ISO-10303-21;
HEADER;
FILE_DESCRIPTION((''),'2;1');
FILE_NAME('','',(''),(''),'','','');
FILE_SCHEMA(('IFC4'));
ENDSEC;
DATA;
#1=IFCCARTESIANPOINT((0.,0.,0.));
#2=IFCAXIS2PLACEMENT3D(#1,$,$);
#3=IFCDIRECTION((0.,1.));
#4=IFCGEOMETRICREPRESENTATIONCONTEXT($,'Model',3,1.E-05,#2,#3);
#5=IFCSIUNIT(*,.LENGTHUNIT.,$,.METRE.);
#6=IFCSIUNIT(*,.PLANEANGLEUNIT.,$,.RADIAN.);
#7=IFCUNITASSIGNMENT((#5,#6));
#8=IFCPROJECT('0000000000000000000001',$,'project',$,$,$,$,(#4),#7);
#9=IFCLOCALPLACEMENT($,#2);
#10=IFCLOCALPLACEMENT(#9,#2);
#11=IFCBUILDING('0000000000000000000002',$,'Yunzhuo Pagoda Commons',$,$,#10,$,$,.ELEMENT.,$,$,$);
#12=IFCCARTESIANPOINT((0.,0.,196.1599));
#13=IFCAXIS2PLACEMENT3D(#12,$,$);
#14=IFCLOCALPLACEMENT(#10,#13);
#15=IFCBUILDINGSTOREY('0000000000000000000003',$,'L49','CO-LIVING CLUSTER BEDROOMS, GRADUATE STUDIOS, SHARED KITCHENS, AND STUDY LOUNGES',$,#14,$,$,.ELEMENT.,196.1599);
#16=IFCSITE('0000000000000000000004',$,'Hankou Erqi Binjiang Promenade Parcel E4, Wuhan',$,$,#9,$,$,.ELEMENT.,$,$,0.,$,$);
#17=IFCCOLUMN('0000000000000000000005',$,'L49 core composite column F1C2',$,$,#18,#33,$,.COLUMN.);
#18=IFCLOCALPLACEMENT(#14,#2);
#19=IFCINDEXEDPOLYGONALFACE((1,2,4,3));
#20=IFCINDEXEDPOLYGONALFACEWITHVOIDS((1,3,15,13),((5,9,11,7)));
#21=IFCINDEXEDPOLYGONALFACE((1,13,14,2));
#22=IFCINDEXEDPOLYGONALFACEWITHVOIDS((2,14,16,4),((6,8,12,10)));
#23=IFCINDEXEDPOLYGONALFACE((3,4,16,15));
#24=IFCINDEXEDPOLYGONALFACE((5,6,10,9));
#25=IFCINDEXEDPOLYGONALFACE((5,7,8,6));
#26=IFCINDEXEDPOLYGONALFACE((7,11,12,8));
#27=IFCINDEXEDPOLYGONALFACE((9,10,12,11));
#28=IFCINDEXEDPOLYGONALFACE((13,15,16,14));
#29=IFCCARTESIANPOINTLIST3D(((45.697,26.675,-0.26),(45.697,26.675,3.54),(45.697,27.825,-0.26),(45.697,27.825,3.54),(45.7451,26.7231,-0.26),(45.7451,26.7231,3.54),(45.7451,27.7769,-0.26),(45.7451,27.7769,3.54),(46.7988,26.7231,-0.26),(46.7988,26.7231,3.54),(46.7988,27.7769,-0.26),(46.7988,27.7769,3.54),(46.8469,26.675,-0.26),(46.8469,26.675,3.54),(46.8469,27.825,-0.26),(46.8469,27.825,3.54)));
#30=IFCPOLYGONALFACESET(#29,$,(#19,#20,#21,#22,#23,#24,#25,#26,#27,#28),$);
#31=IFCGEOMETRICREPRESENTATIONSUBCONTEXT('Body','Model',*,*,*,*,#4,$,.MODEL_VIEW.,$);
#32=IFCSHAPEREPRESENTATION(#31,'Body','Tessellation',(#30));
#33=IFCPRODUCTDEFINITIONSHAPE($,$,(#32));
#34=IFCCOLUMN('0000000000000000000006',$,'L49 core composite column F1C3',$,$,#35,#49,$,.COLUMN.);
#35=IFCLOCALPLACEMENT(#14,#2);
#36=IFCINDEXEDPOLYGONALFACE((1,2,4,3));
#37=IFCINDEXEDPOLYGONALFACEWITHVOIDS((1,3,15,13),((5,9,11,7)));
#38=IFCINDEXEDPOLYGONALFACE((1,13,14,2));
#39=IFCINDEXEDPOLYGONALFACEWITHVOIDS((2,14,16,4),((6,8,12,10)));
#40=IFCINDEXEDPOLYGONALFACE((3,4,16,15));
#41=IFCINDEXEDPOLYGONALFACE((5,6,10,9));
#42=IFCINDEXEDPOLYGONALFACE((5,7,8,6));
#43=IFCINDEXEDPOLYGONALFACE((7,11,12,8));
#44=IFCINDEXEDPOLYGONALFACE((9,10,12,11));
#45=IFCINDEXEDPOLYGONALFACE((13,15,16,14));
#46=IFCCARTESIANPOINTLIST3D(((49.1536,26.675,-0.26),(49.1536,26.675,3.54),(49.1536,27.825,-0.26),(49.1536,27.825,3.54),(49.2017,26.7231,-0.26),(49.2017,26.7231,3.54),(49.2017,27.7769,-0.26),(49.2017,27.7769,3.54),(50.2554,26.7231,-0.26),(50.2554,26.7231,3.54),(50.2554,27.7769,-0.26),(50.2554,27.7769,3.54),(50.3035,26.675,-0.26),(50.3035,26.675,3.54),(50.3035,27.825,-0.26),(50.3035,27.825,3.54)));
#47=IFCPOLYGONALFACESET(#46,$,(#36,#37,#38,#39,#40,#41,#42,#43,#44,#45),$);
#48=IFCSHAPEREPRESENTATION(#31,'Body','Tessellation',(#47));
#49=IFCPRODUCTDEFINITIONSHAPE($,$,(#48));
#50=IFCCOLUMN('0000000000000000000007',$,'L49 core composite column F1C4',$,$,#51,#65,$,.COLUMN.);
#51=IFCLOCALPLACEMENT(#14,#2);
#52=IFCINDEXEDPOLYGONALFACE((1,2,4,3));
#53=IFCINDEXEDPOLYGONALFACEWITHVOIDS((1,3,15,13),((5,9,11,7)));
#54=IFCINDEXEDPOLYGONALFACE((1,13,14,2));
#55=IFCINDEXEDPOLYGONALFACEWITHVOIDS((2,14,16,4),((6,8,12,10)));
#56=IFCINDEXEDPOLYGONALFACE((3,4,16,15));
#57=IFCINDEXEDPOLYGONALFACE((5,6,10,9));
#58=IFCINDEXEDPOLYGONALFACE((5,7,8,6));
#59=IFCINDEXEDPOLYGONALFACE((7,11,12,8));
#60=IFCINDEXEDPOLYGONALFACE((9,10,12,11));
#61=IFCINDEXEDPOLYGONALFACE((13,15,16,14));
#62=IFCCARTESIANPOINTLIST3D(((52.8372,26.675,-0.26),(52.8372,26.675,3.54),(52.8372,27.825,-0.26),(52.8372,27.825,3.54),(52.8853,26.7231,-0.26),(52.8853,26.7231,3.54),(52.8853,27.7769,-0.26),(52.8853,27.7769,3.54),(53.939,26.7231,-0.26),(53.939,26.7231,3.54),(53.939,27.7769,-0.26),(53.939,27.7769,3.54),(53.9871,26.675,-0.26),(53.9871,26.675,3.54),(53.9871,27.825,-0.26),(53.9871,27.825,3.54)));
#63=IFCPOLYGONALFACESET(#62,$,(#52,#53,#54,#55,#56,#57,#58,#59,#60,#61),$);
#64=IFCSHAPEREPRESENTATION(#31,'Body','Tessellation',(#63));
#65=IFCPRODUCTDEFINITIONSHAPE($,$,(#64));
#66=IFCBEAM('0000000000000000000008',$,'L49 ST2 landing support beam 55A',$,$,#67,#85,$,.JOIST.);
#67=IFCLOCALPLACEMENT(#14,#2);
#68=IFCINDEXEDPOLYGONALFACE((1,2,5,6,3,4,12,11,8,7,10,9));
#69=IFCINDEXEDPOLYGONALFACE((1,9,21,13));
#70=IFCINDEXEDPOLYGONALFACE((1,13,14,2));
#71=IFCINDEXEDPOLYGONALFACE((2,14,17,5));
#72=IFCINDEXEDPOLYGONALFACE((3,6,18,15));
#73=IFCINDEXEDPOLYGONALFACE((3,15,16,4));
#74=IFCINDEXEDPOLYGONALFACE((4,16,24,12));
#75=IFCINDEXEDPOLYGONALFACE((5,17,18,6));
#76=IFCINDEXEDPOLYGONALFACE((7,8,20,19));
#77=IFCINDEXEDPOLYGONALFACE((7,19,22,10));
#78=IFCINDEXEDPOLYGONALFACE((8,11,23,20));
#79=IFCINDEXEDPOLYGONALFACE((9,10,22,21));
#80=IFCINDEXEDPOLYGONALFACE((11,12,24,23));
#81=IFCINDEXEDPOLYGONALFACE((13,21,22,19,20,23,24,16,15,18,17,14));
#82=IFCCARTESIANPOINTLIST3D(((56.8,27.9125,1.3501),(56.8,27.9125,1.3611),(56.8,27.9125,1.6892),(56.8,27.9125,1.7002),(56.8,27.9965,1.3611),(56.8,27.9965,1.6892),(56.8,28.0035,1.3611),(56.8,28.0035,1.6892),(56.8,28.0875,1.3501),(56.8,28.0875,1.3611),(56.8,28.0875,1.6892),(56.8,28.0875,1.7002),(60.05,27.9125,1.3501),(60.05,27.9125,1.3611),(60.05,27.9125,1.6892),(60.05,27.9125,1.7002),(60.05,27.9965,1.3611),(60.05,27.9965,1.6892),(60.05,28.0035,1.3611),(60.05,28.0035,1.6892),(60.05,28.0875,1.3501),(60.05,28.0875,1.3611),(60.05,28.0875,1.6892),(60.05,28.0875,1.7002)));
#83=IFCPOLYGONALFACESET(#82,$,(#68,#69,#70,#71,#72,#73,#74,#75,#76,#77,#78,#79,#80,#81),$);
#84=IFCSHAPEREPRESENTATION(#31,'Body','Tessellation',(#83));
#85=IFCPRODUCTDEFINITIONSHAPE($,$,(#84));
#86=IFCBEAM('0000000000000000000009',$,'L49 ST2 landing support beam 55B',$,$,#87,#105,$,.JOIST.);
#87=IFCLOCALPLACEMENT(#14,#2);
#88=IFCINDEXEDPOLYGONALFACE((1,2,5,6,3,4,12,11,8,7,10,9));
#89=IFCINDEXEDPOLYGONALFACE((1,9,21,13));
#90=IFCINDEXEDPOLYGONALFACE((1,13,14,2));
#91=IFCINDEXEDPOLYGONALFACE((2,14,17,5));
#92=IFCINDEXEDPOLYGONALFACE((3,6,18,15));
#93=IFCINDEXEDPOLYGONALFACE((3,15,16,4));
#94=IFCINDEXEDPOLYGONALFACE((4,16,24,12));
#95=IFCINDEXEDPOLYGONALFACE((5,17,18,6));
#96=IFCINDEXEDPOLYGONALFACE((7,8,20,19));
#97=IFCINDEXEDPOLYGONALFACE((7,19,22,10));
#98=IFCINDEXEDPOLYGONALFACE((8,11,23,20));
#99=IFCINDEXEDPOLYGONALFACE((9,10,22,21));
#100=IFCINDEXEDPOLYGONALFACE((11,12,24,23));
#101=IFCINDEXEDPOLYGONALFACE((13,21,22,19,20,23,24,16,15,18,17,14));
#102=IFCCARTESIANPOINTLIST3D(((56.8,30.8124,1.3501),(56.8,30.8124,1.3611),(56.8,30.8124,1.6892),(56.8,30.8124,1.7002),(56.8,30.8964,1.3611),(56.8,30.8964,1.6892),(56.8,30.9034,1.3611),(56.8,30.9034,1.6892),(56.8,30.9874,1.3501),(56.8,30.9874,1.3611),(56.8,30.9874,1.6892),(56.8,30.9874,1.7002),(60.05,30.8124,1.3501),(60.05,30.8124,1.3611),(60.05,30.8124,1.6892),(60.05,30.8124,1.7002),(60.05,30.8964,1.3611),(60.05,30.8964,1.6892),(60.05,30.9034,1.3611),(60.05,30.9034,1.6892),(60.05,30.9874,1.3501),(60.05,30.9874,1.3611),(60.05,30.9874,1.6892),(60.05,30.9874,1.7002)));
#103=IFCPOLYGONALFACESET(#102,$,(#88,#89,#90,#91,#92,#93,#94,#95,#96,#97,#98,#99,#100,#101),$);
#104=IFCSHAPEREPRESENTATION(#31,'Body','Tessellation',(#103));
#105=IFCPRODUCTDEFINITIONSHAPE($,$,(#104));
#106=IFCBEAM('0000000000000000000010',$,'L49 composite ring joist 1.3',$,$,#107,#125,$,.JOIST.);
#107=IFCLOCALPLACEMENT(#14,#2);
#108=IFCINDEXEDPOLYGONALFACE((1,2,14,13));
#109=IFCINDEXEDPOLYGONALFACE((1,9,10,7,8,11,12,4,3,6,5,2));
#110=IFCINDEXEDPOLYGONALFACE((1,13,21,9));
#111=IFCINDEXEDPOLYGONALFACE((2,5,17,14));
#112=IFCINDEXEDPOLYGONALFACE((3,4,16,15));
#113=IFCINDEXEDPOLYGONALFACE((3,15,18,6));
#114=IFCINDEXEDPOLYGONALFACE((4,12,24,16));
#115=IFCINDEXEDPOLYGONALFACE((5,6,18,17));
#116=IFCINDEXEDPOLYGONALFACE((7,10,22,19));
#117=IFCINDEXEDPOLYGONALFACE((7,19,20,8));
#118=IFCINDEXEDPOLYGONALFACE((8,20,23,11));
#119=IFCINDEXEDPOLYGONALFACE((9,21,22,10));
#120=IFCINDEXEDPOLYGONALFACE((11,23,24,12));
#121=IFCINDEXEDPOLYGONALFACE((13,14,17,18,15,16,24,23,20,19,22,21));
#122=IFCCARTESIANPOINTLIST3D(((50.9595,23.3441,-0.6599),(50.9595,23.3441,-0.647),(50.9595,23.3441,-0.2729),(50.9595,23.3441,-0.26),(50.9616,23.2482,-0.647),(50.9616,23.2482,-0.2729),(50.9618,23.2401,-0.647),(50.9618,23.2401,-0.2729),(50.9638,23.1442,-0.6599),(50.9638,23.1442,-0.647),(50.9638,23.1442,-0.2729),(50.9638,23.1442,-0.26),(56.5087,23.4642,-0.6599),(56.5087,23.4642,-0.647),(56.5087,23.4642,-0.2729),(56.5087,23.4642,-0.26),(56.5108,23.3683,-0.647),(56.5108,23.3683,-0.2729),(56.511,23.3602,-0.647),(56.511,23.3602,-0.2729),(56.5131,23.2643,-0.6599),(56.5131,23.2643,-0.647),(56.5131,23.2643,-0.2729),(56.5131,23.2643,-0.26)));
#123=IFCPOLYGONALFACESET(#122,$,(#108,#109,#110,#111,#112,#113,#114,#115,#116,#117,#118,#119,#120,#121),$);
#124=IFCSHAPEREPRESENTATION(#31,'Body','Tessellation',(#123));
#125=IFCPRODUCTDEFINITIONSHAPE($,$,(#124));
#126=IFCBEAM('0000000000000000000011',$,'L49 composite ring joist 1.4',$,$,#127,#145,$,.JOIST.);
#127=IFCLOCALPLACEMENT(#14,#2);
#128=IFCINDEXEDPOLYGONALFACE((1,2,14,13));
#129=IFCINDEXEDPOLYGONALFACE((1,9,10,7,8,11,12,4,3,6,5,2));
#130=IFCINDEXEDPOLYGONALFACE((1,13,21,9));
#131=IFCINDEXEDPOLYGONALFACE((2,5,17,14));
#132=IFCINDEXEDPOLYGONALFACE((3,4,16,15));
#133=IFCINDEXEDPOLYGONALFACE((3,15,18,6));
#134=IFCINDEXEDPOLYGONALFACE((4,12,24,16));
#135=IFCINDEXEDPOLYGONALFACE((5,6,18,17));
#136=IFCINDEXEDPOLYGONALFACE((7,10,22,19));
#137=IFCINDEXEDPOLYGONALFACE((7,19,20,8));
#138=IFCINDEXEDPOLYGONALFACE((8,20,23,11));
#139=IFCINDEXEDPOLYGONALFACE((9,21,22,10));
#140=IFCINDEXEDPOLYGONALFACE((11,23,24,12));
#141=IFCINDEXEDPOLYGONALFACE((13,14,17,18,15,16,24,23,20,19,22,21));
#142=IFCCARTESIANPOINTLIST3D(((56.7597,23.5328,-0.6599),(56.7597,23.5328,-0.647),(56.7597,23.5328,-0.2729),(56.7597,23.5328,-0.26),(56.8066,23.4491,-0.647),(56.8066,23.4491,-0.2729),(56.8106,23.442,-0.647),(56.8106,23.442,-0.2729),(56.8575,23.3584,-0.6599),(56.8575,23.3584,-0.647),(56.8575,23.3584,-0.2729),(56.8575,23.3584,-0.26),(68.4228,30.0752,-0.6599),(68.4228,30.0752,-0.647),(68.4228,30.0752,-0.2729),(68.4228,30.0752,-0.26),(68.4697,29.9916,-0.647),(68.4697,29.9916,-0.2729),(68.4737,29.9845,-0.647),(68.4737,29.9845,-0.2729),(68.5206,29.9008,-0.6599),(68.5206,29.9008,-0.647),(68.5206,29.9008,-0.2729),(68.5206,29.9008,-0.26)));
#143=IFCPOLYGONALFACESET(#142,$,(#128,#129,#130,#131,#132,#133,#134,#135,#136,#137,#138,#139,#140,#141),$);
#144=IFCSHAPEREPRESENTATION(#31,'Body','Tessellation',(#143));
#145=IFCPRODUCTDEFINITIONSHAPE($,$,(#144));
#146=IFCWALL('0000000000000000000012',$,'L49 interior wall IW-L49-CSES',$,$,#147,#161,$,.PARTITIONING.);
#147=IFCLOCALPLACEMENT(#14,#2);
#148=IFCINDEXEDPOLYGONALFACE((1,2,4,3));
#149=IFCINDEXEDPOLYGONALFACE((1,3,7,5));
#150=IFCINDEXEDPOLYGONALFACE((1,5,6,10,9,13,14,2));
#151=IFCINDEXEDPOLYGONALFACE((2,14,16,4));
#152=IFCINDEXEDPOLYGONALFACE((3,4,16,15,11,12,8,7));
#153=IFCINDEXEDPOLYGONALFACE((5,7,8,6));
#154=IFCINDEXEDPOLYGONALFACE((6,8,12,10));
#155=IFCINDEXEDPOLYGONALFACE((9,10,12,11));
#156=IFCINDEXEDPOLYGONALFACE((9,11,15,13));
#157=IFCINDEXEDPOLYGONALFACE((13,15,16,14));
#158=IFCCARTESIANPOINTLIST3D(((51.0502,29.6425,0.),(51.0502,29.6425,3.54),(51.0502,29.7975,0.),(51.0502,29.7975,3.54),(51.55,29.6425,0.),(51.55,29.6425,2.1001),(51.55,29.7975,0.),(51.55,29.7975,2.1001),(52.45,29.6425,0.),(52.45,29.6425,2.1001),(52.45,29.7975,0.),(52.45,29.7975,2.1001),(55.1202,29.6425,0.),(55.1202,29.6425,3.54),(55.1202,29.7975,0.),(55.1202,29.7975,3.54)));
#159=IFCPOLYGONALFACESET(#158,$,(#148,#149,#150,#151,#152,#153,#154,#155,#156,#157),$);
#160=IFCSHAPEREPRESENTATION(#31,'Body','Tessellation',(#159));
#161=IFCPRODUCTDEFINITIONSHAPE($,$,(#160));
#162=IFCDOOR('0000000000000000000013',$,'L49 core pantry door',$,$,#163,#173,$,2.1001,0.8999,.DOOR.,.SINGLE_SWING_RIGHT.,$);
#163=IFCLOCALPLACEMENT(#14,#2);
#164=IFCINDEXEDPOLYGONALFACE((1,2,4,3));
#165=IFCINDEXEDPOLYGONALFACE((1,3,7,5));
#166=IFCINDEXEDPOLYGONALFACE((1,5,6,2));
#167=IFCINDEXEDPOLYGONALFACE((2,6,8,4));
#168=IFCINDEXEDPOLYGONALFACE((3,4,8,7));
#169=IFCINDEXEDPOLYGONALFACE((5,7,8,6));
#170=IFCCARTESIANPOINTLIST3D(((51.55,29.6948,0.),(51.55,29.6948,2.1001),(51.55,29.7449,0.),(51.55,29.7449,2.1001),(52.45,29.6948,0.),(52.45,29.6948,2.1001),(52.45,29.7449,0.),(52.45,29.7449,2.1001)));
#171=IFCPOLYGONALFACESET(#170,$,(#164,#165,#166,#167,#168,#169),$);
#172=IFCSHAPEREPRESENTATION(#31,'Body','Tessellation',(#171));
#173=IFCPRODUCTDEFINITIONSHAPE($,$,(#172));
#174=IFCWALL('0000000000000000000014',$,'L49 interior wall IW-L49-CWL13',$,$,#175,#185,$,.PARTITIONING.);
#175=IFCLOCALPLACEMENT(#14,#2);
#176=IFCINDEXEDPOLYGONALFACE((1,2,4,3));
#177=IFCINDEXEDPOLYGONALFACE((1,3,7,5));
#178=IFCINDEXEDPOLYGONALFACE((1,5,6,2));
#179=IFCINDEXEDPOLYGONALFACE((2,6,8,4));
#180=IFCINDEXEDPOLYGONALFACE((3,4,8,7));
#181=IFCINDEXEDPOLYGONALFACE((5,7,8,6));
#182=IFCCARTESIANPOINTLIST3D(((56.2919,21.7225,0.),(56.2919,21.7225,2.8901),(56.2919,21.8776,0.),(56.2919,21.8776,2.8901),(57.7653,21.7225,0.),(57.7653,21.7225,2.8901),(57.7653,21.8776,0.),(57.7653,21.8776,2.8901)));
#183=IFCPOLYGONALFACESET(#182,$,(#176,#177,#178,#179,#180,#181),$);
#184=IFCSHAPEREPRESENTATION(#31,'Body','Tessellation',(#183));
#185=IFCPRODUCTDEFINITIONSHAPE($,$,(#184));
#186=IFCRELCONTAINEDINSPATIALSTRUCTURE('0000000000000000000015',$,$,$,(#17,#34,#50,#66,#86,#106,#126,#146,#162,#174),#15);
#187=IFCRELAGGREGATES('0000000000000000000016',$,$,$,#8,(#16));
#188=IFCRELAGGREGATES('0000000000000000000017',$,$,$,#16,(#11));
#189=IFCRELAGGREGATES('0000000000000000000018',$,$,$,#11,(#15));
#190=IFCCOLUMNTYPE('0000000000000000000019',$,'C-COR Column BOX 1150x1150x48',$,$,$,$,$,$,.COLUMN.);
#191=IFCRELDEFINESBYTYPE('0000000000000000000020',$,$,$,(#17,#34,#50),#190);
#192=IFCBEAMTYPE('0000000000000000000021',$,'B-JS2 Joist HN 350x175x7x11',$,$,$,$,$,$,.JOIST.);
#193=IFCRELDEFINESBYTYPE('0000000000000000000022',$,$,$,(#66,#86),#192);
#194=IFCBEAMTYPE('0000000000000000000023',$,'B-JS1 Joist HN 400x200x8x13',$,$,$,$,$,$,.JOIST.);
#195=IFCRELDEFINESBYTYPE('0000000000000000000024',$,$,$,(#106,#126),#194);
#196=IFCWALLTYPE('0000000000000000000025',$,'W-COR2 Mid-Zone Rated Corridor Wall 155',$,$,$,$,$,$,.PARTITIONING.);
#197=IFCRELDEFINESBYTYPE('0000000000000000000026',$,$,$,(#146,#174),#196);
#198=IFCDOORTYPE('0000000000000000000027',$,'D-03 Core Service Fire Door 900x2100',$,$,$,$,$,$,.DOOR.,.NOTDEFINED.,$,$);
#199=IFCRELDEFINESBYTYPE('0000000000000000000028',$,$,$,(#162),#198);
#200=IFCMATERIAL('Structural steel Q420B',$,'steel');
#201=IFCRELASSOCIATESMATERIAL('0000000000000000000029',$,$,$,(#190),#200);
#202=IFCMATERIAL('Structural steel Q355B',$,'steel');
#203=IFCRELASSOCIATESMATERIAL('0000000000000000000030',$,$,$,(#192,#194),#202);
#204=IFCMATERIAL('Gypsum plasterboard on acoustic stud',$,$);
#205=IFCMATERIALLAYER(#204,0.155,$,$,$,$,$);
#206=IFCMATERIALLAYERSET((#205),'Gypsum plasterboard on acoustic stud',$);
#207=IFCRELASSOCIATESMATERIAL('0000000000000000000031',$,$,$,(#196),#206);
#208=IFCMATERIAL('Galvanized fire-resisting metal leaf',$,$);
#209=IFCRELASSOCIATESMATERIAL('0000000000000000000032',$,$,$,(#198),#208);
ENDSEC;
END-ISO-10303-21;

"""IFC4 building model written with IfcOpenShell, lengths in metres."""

from ifc_helpers import new_model, si_unit, direction, frame, frame_2d, origin, origin_with_axes, origin_2d, place, context, subcontext, project, spatial, rectangle, hollow_rectangle, i_section, extrude, source, transform, mapped, material, layer, layer_set, material_profile, profile_set, type_object, element, fill, save


model = new_model("IFC4")

# Units and contexts
model_context = context("Model", 3, precision=1e-05, world=origin(), true_north=direction((0.0, 1.0)))
body_context = subcontext(model_context, "Body", "Model", "MODEL_VIEW")
ifc_project = project(units=[si_unit("LENGTHUNIT", "METRE"), si_unit("PLANEANGLEUNIT", "RADIAN")], contexts=[model_context])

# Site, building, storey
site_placement = place(None, origin())
site = spatial("IfcSite", under=ifc_project, at=site_placement, Name="Hankou Erqi Binjiang Promenade Parcel E4, Wuhan", CompositionType="ELEMENT", RefElevation=0.0)
building_placement = place(site_placement, origin())
building = spatial("IfcBuilding", under=site, at=building_placement, Name="Yunzhuo Pagoda Commons", CompositionType="ELEMENT")
storey_placement = place(building_placement, frame((0.0, 0.0, 196.1599)))
storey = spatial("IfcBuildingStorey", under=building, at=storey_placement, Name="L49", Description="CO-LIVING CLUSTER BEDROOMS, GRADUATE STUDIOS, SHARED KITCHENS, AND STUDY LOUNGES", CompositionType="ELEMENT", Elevation=196.1599)

# Columns
ifc_material_1 = material(Name="Structural steel Q420B", Category="steel")
ifc_material_profile_1 = material_profile(ifc_material_1, hollow_rectangle(XDim=1.1499, YDim=1.1499, WallThickness=0.0481, at=origin_2d()), Name="Structural steel Q420B")
ifc_profile_set_1 = profile_set([ifc_material_profile_1], Name="Structural steel Q420B")
column_type = type_object("IfcColumnType", Name="C-COR Column BOX 1150x1150x48", PredefinedType="COLUMN", material=ifc_profile_set_1)
shared_shape_1 = source(origin(), body_context, "Body", "SweptSolid", [
    extrude(hollow_rectangle(XDim=1.1499, YDim=1.1499, WallThickness=0.0481, at=origin_2d()), origin(), (0.0, 0.0, 1.0), 3.8),
])
for number, where, z_axis, x_axis, name in (
    (1, (46.272, 27.25, -0.26), (0.0, 0.0, 1.0), (1.0, 0.0, 0.0), "L49 core composite column F1C2"),
    (2, (49.7285, 27.25, -0.26), (0.0, 0.0, 1.0), (1.0, 0.0, 0.0), "L49 core composite column F1C3"),
    (3, (53.4121, 27.25, -0.26), (0.0, 0.0, 1.0), (1.0, 0.0, 0.0), "L49 core composite column F1C4"),
):
    element("IfcColumn", number, at=place(storey_placement, frame(where, z_axis=z_axis, x_axis=x_axis)), inside=storey, type_object=column_type, Name=name, PredefinedType="COLUMN", context=body_context, shape_type="MappedRepresentation", body=[
        mapped(shared_shape_1, transform((0.0, 0.0, 0.0), scale=1.0)),
    ])

# Beams
ifc_material_2 = material(Name="Structural steel Q355B", Category="steel")
ifc_material_profile_2 = material_profile(ifc_material_2, i_section(OverallWidth=0.175, OverallDepth=0.3501, WebThickness=0.0071, FlangeThickness=0.011, at=origin_2d()), Name="Structural steel Q355B")
ifc_profile_set_2 = profile_set([ifc_material_profile_2], Name="Structural steel Q355B")
beam_type_1 = type_object("IfcBeamType", Name="B-JS2 Joist HN 350x175x7x11", PredefinedType="JOIST", material=ifc_profile_set_2)
shared_shape_2 = source(origin(), body_context, "Body", "SweptSolid", [
    extrude(i_section(OverallWidth=0.175, OverallDepth=0.3501, WebThickness=0.0071, FlangeThickness=0.011, at=origin_2d()), origin(), (0.0, 0.0, 1.0), 3.25),
])
for number, where, z_axis, x_axis, name in (
    (4, (56.8, 28.0, 1.5251), (1.0, 0.0, 0.0), (0.0, 1.0, 0.0), "L49 ST2 landing support beam 55A"),
    (5, (56.8, 30.8999, 1.5251), (1.0, 0.0, 0.0), (0.0, 1.0, 0.0), "L49 ST2 landing support beam 55B"),
):
    element("IfcBeam", number, at=place(storey_placement, frame(where, z_axis=z_axis, x_axis=x_axis)), inside=storey, type_object=beam_type_1, Name=name, PredefinedType="JOIST", context=body_context, shape_type="MappedRepresentation", body=[
        mapped(shared_shape_2, transform((0.0, 0.0, 0.0), scale=1.0)),
    ])
ifc_material_profile_3 = material_profile(ifc_material_2, i_section(OverallWidth=0.2, OverallDepth=0.3999, WebThickness=0.0081, FlangeThickness=0.0129, at=origin_2d()), Name="Structural steel Q355B")
ifc_profile_set_3 = profile_set([ifc_material_profile_3], Name="Structural steel Q355B")
beam_type_2 = type_object("IfcBeamType", Name="B-JS1 Joist HN 400x200x8x13", PredefinedType="JOIST", material=ifc_profile_set_3)
shared_shape_3 = source(origin(), body_context, "Body", "SweptSolid", [
    extrude(i_section(OverallWidth=0.2, OverallDepth=0.3999, WebThickness=0.0081, FlangeThickness=0.0129, at=origin_2d()), origin(), (0.0, 0.0, 1.0), 5.5505),
])
beam_1_placement = place(storey_placement, frame((50.9617, 23.2441, -0.46), z_axis=(0.999766, 0.02164, 0.0), x_axis=(-0.02164, 0.999766, 0.0)))
element("IfcBeam", 6, at=beam_1_placement, inside=storey, type_object=beam_type_2, Name="L49 composite ring joist 1.3", PredefinedType="JOIST", context=body_context, shape_type="MappedRepresentation", body=[
    mapped(shared_shape_3, transform((0.0, 0.0, 0.0), scale=1.0)),
])
shared_shape_4 = source(origin(), body_context, "Body", "SweptSolid", [
    extrude(i_section(OverallWidth=0.2, OverallDepth=0.3999, WebThickness=0.0081, FlangeThickness=0.0129, at=origin_2d()), origin(), (0.0, 0.0, 1.0), 13.3728),
])
beam_2_placement = place(storey_placement, frame((56.8086, 23.4456, -0.46), z_axis=(0.87215, 0.489238, 0.0), x_axis=(-0.489238, 0.87215, 0.0)))
element("IfcBeam", 7, at=beam_2_placement, inside=storey, type_object=beam_type_2, Name="L49 composite ring joist 1.4", PredefinedType="JOIST", context=body_context, shape_type="MappedRepresentation", body=[
    mapped(shared_shape_4, transform((0.0, 0.0, 0.0), scale=1.0)),
])

# Wall, opening, door
ifc_material_3 = material(Name="Gypsum plasterboard on acoustic stud")
ifc_layer_1 = layer(ifc_material_3, 0.155)
ifc_layer_set_1 = layer_set([ifc_layer_1], Name="Gypsum plasterboard on acoustic stud")
wall_type_1 = type_object("IfcWallType", Name="W-COR2 Mid-Zone Rated Corridor Wall 155", PredefinedType="PARTITIONING", material=ifc_layer_set_1)
wall_1_placement = place(storey_placement, frame((51.05, 29.72, 0.0), z_axis=(0.0, 0.0, 1.0), x_axis=(1.0, 0.0, 0.0)))
wall_1 = element("IfcWall", 8, at=wall_1_placement, inside=storey, type_object=wall_type_1, Name="L49 interior wall IW-L49-CSES", PredefinedType="PARTITIONING", context=body_context, shape_type="SweptSolid", body=[
    extrude(rectangle(XDim=4.0701, YDim=0.155, at=frame_2d((2.0352, 0.0))), origin(), (0.0, 0.0, 1.0), 3.54),
])
opening_1_placement = place(wall_1_placement, frame((0.5, 0.0, 0.0)))
opening_1 = element("IfcOpeningElement", 9, at=opening_1_placement, cuts=wall_1, PredefinedType="OPENING", context=body_context, shape_type="SweptSolid", body=[
    extrude(rectangle(XDim=0.8999, YDim=2.1001, at=frame_2d((0.45, 1.05))), frame((0.0, 0.0874, 0.0), z_axis=(0.0, -1.0, 0.0), x_axis=(1.0, 0.0, 0.0)), (0.0, 0.0, 1.0), 0.175),
])
ifc_material_4 = material(Name="Galvanized fire-resisting metal leaf")
door_type_1 = type_object("IfcDoorType", Name="D-03 Core Service Fire Door 900x2100", OperationType="NOTDEFINED", PredefinedType="DOOR", material=ifc_material_4)
shared_shape_5 = source(origin(), body_context, "Body", "SweptSolid", [
    extrude(rectangle(XDim=0.8999, YDim=2.1001, at=frame_2d((0.45, 1.05))), frame((0.0, 0.0249, 0.0), z_axis=(0.0, -1.0, 0.0), x_axis=(1.0, 0.0, 0.0)), (0.0, 0.0, 1.0), 0.05),
])
door_1_placement = place(opening_1_placement, origin_with_axes())
door_1 = element("IfcDoor", 10, at=door_1_placement, inside=storey, type_object=door_type_1, Name="L49 core pantry door", OperationType="SINGLE_SWING_RIGHT", OverallHeight=2.1001, OverallWidth=0.8999, PredefinedType="DOOR", context=body_context, shape_type="MappedRepresentation", body=[
    mapped(shared_shape_5, transform((0.0, 0.0, 0.0), scale=1.0)),
])
fill(opening_1, door_1)

# Wall
wall_2_placement = place(storey_placement, frame((57.7654, 21.8, 0.0), z_axis=(0.0, 0.0, 1.0), x_axis=(-1.0, 0.0, 0.0)))
element("IfcWall", 11, at=wall_2_placement, inside=storey, type_object=wall_type_1, Name="L49 interior wall IW-L49-CWL13", PredefinedType="PARTITIONING", context=body_context, shape_type="SweptSolid", body=[
    extrude(rectangle(XDim=1.4734, YDim=0.155, at=frame_2d((0.7368, 0.0))), origin(), (0.0, 0.0, 1.0), 2.8901),
])

save(model, "model.ifc")
